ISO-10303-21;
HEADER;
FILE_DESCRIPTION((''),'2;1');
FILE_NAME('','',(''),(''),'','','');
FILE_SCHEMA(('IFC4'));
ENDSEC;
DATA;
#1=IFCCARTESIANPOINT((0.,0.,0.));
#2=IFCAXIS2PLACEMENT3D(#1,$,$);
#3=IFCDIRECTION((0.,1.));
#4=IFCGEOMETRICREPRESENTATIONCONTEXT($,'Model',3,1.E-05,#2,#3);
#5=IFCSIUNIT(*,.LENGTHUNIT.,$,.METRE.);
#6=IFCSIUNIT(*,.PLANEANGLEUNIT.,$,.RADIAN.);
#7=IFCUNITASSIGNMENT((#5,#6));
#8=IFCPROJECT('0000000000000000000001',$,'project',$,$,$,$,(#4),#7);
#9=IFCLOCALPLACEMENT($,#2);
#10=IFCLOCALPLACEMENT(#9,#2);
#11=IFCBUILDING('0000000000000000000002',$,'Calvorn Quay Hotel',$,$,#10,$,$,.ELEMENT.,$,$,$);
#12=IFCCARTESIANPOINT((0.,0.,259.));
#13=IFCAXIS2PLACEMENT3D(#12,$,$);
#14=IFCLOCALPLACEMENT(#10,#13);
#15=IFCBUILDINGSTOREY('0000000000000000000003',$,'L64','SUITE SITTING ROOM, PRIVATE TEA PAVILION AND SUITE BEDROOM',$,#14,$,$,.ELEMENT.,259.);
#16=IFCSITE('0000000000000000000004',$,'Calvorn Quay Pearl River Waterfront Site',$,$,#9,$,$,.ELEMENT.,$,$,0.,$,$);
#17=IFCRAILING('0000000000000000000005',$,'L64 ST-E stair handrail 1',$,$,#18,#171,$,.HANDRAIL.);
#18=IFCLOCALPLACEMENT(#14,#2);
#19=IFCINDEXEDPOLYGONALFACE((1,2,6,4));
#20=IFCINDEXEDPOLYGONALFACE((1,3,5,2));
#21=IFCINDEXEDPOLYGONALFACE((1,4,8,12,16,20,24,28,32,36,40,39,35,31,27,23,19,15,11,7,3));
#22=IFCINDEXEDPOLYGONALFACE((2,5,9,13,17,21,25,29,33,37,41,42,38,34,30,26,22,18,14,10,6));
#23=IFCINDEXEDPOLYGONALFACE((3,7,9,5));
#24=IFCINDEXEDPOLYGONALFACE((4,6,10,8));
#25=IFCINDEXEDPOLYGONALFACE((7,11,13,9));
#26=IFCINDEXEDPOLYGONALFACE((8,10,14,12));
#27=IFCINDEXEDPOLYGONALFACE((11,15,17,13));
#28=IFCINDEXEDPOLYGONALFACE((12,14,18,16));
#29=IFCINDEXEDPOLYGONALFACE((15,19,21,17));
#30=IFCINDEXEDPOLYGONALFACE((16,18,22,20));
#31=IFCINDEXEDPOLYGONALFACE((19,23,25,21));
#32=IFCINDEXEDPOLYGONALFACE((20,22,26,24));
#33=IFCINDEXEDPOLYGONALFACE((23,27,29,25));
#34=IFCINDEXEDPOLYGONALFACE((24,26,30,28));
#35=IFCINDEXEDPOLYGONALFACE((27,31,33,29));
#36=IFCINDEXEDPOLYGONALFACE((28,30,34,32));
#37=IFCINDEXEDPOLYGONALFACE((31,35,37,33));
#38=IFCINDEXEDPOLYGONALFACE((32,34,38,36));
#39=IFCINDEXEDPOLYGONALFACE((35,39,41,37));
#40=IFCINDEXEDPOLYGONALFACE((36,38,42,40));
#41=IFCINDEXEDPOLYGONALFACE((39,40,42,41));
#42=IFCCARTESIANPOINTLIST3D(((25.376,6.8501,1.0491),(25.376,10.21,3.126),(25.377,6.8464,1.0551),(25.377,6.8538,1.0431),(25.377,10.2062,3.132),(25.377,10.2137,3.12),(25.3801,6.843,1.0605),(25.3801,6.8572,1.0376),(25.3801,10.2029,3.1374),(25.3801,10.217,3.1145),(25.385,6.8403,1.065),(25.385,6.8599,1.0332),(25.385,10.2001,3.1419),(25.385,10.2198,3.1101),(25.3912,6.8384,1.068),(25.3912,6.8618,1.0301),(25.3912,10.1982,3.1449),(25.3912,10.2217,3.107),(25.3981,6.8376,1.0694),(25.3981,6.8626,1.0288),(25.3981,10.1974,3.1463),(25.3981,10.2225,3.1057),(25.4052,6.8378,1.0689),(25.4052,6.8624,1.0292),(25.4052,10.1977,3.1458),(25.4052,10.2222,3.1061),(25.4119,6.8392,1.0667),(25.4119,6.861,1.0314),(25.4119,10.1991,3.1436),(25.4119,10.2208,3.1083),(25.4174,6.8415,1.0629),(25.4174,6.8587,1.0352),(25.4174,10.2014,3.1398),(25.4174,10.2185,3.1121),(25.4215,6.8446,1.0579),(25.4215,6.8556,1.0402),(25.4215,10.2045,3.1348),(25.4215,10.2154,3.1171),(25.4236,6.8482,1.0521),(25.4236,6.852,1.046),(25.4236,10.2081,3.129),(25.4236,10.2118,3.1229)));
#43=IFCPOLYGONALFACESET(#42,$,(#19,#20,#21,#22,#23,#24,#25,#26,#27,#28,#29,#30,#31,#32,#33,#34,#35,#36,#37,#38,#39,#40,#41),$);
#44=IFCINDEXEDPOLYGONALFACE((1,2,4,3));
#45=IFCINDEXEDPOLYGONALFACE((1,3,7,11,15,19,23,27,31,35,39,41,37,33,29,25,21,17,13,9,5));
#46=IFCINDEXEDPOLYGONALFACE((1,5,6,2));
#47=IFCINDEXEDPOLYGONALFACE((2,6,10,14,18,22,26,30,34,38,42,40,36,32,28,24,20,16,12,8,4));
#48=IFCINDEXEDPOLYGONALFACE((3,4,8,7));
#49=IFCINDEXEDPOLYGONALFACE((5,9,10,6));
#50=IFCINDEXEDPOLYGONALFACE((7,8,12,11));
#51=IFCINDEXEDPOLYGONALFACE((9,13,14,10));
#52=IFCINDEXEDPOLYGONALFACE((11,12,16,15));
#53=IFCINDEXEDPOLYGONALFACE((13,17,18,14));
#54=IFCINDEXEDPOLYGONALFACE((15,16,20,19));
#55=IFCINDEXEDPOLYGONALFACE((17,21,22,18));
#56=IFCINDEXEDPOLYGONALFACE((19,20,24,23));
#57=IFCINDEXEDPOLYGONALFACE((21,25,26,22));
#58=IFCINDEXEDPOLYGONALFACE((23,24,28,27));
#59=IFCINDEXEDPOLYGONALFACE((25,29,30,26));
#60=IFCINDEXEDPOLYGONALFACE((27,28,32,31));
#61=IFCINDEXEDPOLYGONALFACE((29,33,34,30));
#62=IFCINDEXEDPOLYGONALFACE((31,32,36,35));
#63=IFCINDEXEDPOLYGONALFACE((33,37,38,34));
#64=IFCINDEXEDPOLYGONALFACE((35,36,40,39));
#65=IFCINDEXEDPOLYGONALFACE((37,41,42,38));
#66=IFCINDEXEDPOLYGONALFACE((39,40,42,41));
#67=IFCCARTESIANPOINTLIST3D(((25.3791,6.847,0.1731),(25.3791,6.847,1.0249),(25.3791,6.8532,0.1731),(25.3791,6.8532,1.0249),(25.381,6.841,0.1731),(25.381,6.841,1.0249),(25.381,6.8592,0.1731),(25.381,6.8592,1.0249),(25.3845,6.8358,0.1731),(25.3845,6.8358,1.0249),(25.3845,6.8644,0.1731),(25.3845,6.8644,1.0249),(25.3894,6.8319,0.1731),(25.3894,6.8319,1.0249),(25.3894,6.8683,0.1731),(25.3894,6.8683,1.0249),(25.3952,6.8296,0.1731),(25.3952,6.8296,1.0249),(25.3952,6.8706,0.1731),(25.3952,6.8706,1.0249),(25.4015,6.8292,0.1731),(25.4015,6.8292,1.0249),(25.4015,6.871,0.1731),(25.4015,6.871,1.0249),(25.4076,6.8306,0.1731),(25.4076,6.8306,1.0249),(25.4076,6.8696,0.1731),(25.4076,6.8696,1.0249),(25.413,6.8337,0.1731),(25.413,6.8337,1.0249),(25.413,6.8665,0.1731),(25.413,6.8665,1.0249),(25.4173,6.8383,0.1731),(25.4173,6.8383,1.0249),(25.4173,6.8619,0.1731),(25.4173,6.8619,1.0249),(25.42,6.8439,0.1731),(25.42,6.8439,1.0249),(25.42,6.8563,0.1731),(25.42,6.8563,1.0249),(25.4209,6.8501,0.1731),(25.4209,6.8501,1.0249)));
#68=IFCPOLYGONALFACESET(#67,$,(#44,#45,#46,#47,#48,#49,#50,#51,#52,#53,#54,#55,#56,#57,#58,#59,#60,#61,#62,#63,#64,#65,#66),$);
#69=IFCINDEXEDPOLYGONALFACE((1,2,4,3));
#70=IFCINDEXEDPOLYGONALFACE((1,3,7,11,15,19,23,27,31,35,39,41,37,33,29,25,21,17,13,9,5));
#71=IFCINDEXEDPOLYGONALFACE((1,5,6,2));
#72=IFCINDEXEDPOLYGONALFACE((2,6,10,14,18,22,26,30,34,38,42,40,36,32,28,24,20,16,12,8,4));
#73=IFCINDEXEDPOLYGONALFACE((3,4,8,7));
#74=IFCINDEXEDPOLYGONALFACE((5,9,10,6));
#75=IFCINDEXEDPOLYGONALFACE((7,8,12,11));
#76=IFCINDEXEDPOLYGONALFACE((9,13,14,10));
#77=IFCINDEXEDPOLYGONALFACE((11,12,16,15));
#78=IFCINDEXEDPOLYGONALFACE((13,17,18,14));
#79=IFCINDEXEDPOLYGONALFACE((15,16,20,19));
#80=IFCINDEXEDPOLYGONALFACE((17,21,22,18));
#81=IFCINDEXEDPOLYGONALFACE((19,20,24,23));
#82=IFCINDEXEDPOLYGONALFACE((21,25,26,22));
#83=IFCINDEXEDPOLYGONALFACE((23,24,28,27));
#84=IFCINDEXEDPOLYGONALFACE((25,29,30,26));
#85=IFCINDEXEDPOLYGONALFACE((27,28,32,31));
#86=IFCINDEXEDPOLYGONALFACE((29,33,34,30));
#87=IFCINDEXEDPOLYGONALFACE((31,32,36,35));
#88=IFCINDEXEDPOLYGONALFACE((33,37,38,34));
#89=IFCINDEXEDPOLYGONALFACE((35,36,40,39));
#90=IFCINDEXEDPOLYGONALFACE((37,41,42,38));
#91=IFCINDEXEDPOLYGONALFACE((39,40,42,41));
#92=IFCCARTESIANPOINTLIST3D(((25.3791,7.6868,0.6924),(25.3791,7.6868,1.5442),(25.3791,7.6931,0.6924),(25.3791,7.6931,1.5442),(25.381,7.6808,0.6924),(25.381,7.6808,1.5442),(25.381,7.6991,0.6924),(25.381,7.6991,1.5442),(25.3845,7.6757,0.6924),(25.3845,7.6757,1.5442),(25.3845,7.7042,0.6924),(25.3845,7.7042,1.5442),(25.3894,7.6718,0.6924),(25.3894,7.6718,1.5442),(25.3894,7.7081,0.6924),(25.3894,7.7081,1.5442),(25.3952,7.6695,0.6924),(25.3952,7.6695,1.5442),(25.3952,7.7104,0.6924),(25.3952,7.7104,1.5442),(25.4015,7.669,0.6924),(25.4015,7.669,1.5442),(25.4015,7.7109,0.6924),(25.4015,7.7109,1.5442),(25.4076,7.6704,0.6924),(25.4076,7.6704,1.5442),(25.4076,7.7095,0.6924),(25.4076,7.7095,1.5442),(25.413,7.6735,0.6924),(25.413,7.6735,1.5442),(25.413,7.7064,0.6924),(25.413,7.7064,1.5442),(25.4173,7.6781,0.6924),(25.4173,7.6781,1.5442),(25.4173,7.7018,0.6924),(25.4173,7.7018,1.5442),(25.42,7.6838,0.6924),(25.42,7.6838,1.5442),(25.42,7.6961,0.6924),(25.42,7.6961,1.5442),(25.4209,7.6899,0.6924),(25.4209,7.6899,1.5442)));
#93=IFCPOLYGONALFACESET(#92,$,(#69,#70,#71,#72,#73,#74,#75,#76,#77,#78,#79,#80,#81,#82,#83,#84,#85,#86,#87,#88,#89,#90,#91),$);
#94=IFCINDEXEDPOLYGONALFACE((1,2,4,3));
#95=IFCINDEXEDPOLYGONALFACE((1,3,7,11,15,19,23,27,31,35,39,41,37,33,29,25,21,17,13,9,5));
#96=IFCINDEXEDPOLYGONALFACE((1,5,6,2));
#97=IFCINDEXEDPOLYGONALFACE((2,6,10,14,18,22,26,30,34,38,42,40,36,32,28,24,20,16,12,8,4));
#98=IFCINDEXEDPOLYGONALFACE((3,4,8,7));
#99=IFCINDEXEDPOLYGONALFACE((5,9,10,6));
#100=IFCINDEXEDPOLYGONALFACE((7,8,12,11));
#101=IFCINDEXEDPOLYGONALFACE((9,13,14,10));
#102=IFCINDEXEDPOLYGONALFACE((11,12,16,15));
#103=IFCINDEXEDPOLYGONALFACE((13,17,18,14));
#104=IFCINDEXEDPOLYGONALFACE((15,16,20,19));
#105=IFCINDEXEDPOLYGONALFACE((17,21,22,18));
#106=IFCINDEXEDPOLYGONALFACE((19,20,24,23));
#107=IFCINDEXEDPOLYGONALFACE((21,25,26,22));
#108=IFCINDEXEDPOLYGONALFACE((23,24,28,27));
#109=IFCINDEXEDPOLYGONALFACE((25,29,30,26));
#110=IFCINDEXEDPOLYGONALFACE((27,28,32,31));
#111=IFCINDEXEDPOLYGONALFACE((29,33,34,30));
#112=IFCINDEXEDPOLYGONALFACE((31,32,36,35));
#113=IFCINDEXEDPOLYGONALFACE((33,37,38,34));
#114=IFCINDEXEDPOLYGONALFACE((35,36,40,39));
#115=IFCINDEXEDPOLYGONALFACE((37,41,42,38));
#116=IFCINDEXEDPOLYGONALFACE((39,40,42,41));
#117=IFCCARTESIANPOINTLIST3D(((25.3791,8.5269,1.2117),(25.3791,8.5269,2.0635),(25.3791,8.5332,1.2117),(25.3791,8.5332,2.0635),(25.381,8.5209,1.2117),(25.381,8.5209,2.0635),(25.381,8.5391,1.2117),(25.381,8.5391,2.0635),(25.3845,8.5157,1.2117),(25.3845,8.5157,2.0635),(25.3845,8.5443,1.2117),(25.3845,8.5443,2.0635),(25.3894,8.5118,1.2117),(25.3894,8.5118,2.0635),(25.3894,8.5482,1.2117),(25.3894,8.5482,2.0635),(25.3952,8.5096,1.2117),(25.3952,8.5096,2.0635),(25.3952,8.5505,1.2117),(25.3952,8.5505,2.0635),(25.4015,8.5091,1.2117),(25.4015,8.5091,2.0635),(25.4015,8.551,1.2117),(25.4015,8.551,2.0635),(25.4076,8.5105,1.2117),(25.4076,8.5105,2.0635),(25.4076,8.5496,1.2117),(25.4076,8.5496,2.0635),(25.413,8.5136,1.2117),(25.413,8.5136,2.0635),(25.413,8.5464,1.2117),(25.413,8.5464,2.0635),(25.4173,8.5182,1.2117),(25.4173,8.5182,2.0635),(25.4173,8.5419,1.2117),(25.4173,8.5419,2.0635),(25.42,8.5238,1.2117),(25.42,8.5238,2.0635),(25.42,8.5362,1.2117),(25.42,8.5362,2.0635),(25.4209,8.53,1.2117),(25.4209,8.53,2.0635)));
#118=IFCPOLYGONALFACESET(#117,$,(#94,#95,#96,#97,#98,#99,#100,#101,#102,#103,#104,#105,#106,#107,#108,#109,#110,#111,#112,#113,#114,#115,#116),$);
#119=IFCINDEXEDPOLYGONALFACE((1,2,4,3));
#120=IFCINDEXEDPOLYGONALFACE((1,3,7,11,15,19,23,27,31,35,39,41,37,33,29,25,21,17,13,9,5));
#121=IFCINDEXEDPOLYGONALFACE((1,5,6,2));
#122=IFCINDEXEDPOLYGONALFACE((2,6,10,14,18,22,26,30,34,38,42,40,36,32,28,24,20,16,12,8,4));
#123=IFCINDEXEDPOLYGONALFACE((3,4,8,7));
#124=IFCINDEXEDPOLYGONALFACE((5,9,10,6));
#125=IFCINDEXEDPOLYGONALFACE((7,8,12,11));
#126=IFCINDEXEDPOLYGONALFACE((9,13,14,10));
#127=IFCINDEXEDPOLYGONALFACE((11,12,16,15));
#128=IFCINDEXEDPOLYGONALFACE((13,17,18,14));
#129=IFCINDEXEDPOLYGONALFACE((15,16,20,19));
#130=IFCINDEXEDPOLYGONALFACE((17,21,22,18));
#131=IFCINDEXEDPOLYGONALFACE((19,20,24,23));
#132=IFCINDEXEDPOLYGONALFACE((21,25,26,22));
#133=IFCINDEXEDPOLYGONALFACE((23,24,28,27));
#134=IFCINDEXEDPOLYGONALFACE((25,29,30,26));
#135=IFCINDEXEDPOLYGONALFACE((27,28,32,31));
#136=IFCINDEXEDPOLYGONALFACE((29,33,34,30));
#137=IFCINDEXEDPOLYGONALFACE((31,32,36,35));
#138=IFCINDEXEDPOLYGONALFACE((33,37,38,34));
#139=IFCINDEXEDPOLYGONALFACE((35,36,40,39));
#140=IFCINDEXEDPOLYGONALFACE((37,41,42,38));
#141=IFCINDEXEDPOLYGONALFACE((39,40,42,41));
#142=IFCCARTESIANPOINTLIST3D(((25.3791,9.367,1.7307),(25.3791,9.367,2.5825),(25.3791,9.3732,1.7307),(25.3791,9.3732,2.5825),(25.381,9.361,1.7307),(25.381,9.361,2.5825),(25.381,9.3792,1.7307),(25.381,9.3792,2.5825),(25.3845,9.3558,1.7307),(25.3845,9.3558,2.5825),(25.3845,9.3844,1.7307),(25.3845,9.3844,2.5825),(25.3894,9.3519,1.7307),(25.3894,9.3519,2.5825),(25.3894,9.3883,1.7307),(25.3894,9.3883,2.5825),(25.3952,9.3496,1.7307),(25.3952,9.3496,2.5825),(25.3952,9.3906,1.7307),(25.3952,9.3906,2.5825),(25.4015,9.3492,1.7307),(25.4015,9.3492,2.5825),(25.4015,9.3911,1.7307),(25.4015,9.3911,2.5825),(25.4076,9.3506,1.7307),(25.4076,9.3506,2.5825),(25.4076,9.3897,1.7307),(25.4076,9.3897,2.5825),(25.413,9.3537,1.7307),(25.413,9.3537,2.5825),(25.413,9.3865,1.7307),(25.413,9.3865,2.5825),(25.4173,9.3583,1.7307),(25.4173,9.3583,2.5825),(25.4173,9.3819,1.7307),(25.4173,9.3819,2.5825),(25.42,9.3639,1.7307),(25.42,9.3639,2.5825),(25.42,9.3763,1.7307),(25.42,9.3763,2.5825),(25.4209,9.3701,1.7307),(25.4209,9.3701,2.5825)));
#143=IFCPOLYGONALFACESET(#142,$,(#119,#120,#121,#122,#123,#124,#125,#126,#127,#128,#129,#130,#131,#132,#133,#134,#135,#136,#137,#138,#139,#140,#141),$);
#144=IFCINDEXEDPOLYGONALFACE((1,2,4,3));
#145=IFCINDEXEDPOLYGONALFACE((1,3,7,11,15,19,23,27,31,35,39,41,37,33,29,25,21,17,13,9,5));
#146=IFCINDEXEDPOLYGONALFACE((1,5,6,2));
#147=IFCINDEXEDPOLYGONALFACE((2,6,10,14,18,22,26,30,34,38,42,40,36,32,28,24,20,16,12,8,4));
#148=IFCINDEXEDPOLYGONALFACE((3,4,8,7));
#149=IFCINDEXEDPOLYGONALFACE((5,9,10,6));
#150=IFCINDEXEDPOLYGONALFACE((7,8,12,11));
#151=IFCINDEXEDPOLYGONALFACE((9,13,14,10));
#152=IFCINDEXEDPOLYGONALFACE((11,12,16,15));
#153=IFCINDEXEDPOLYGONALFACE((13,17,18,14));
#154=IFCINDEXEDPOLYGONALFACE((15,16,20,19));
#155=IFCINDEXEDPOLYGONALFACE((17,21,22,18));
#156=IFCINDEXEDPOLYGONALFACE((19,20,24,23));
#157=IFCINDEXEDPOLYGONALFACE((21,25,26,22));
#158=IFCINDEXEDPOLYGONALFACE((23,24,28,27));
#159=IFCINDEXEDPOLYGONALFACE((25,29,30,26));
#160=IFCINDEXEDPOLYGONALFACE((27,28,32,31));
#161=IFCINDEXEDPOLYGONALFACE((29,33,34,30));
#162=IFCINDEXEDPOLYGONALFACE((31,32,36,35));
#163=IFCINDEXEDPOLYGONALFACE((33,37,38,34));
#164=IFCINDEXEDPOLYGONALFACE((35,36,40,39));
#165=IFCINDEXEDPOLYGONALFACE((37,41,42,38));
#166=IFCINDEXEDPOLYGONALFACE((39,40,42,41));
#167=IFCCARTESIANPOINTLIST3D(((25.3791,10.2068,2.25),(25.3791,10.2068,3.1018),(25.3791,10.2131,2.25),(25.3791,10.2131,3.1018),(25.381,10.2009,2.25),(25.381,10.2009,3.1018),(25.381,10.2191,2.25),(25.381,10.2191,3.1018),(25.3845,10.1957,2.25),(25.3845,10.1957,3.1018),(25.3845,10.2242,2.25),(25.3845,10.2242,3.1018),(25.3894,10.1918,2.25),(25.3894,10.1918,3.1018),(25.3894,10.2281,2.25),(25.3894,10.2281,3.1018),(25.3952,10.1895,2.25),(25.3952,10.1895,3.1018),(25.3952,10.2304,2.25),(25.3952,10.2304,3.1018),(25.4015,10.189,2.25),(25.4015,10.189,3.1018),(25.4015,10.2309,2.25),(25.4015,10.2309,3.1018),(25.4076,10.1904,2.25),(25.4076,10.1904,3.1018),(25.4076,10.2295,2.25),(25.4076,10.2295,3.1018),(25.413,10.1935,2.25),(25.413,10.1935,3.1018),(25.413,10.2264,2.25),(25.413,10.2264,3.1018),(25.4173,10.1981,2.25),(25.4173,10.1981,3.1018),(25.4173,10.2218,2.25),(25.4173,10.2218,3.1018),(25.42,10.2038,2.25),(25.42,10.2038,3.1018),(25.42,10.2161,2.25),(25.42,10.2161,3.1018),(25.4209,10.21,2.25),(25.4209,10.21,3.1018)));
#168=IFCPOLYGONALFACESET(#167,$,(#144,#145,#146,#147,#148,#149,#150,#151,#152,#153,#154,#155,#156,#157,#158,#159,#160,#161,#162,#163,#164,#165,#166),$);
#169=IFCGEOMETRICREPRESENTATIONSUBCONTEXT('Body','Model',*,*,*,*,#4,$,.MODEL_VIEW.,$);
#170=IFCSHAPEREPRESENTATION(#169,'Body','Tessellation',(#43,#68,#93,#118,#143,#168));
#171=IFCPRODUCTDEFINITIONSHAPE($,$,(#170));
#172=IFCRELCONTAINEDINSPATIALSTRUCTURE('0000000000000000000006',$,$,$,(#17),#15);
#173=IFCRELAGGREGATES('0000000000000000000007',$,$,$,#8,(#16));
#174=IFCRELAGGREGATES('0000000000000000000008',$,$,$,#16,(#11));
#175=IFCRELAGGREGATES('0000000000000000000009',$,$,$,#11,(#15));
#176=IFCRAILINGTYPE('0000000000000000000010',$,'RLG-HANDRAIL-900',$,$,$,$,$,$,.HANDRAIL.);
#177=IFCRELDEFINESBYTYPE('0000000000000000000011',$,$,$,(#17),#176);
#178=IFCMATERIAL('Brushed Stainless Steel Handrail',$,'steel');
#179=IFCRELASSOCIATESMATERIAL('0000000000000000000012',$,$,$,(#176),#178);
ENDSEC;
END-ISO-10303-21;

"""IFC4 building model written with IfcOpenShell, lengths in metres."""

from ifc_helpers import new_model, si_unit, direction, frame, origin, origin_2d, place, context, subcontext, project, spatial, circle, extrude, material, type_object, element, save


model = new_model("IFC4")

# Units and contexts
model_context = context("Model", 3, precision=1e-05, world=origin(), true_north=direction((0.0, 1.0)))
body_context = subcontext(model_context, "Body", "Model", "MODEL_VIEW")
ifc_project = project(units=[si_unit("LENGTHUNIT", "METRE"), si_unit("PLANEANGLEUNIT", "RADIAN")], contexts=[model_context])

# Site, building, storey
site_placement = place(None, origin())
site = spatial("IfcSite", under=ifc_project, at=site_placement, Name="Calvorn Quay Pearl River Waterfront Site", CompositionType="ELEMENT", RefElevation=0.0)
building_placement = place(site_placement, origin())
building = spatial("IfcBuilding", under=site, at=building_placement, Name="Calvorn Quay Hotel", CompositionType="ELEMENT")
storey_placement = place(building_placement, frame((0.0, 0.0, 259.0)))
storey = spatial("IfcBuildingStorey", under=building, at=storey_placement, Name="L64", Description="SUITE SITTING ROOM, PRIVATE TEA PAVILION AND SUITE BEDROOM", CompositionType="ELEMENT", Elevation=259.0)

# Railing
ifc_material_1 = material(Name="Brushed Stainless Steel Handrail", Category="steel")
railing_type_1 = type_object("IfcRailingType", Name="RLG-HANDRAIL-900", PredefinedType="HANDRAIL", material=ifc_material_1)
railing_1_placement = place(storey_placement, frame((25.3999, 6.8501, 0.1731)))
element("IfcRailing", 1, at=railing_1_placement, inside=storey, type_object=railing_type_1, Name="L64 ST-E stair handrail 1", PredefinedType="HANDRAIL", context=body_context, shape_type="SweptSolid", body=[
    extrude(circle(Radius=0.0239, at=origin_2d()), frame((0.0, 0.0, 0.876), z_axis=(0.0, 0.850606, 0.525803), x_axis=(-1.0, 0.0, 0.0)), (0.0, 0.0, 1.0), 3.95),
    extrude(circle(Radius=0.021, at=origin_2d()), origin(), (0.0, 0.0, 1.0), 0.8518),
    extrude(circle(Radius=0.021, at=origin_2d()), frame((0.0, 0.8398, 0.5193)), (0.0, 0.0, 1.0), 0.8518),
    extrude(circle(Radius=0.021, at=origin_2d()), frame((0.0, 1.6799, 1.0386)), (0.0, 0.0, 1.0), 0.8518),
    extrude(circle(Radius=0.021, at=origin_2d()), frame((0.0, 2.52, 1.5576)), (0.0, 0.0, 1.0), 0.8518),
    extrude(circle(Radius=0.021, at=origin_2d()), frame((0.0, 3.3599, 2.0769)), (0.0, 0.0, 1.0), 0.8518),
])

save(model, "model.ifc")
